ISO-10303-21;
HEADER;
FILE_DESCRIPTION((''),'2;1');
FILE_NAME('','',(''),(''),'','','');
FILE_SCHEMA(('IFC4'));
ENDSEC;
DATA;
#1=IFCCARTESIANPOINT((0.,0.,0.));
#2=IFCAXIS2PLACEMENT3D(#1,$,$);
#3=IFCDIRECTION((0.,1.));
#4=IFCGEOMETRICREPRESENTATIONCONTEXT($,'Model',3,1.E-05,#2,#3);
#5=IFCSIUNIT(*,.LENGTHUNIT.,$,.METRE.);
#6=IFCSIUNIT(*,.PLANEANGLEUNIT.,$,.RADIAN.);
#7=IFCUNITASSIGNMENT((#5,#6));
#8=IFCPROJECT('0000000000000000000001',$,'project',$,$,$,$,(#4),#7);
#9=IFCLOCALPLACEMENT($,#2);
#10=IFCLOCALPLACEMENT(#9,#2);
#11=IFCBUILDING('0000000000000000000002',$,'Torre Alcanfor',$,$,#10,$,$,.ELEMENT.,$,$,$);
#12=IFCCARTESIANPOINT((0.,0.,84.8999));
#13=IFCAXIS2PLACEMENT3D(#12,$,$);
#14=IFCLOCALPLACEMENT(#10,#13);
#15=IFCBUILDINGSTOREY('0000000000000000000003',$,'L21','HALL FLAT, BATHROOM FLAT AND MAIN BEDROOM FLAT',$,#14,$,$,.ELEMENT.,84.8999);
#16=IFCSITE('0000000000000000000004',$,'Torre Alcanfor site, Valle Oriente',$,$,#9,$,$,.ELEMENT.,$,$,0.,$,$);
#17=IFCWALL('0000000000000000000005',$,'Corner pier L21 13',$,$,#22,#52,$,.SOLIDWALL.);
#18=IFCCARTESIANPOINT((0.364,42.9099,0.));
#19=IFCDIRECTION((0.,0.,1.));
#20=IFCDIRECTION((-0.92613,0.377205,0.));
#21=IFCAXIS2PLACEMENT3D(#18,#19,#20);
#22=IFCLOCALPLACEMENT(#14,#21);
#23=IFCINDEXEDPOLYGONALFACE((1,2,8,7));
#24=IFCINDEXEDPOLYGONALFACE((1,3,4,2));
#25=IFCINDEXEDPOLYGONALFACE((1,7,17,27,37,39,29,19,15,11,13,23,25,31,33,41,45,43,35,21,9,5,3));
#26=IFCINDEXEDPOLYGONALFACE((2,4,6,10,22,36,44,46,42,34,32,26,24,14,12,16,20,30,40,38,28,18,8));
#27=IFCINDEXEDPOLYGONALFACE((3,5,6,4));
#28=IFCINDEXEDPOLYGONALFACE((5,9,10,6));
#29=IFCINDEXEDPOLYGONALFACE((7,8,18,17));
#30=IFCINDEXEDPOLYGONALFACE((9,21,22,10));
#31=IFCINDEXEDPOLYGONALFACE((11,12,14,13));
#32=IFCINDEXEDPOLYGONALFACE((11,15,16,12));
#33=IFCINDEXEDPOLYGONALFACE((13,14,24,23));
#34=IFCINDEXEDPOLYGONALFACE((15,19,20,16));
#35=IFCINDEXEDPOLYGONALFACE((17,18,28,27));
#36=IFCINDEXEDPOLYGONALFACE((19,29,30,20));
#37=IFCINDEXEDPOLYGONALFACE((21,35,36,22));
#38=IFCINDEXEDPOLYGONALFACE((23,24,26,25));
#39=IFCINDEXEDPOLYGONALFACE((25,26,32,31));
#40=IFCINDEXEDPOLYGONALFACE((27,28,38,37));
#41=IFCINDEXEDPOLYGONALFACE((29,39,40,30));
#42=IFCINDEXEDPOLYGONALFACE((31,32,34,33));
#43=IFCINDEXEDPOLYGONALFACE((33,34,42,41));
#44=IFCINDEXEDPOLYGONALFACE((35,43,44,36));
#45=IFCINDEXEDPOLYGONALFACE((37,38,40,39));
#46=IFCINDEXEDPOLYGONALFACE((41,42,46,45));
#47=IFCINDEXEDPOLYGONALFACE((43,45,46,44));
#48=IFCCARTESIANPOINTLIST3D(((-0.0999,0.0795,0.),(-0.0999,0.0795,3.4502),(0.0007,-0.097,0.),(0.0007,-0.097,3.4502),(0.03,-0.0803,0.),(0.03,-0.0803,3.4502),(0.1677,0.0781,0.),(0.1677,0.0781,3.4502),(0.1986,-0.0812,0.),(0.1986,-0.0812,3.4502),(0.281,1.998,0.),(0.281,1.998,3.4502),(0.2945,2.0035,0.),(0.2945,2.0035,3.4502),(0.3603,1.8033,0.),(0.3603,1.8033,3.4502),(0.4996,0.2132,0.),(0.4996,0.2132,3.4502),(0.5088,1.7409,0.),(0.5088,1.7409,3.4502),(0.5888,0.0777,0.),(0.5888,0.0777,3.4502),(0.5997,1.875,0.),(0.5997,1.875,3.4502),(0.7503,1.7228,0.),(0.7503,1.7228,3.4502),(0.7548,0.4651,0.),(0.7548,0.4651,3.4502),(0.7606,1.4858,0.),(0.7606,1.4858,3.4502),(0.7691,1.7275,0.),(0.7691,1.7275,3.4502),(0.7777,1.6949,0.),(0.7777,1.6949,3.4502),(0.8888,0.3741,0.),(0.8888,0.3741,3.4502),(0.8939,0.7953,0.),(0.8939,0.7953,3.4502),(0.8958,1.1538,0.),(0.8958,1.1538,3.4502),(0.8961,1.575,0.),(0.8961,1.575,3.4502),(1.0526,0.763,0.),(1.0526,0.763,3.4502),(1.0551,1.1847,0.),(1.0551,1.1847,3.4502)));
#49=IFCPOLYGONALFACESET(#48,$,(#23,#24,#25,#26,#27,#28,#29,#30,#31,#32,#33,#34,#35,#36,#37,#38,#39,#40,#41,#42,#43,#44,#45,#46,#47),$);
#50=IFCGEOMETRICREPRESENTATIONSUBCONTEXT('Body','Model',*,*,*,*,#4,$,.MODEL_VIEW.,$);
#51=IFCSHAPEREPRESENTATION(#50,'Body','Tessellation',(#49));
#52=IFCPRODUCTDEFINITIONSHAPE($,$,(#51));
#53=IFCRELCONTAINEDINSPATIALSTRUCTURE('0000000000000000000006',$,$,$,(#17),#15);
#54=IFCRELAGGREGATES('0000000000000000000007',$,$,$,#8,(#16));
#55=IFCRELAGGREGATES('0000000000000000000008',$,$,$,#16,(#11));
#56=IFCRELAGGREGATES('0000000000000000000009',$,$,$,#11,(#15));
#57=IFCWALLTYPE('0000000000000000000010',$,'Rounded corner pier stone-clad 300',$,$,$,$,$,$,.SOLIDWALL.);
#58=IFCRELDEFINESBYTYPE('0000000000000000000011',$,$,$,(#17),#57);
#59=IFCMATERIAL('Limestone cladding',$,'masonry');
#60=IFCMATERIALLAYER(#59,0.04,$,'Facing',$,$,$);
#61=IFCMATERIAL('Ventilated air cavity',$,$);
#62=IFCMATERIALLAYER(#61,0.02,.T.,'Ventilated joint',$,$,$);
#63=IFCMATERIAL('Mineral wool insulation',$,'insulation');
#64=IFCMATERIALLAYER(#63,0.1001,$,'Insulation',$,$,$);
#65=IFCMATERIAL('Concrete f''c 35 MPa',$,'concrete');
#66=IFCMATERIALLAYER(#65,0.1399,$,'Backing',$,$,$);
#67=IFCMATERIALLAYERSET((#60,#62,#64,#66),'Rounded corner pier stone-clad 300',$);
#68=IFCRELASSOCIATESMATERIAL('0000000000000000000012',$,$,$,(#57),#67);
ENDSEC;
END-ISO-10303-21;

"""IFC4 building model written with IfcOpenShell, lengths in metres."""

from ifc_helpers import new_model, si_unit, direction, frame, origin, place, context, subcontext, project, spatial, polyline, outline, extrude, material, layer, layer_set, type_object, element, save


model = new_model("IFC4")

# Units and contexts
model_context = context("Model", 3, precision=1e-05, world=origin(), true_north=direction((0.0, 1.0)))
body_context = subcontext(model_context, "Body", "Model", "MODEL_VIEW")
ifc_project = project(units=[si_unit("LENGTHUNIT", "METRE"), si_unit("PLANEANGLEUNIT", "RADIAN")], contexts=[model_context])

# Site, building, storey
site_placement = place(None, origin())
site = spatial("IfcSite", under=ifc_project, at=site_placement, Name="Torre Alcanfor site, Valle Oriente", CompositionType="ELEMENT", RefElevation=0.0)
building_placement = place(site_placement, origin())
building = spatial("IfcBuilding", under=site, at=building_placement, Name="Torre Alcanfor", CompositionType="ELEMENT")
storey_placement = place(building_placement, frame((0.0, 0.0, 84.8999)))
storey = spatial("IfcBuildingStorey", under=building, at=storey_placement, Name="L21", Description="HALL FLAT, BATHROOM FLAT AND MAIN BEDROOM FLAT", CompositionType="ELEMENT", Elevation=84.8999)

# Shared definitions
ifc_material_1 = material(Name="Limestone cladding", Category="masonry")
ifc_material_2 = material(Name="Ventilated air cavity")
ifc_material_3 = material(Name="Mineral wool insulation", Category="insulation")
ifc_material_4 = material(Name="Concrete f'c 35 MPa", Category="concrete")

# Wall
ifc_layer_1 = layer(ifc_material_1, 0.04, Name="Facing")
ifc_layer_2 = layer(ifc_material_2, 0.02, ventilated=True, Name="Ventilated joint")
ifc_layer_3 = layer(ifc_material_3, 0.1001, Name="Insulation")
ifc_layer_4 = layer(ifc_material_4, 0.1399, Name="Backing")
ifc_layer_set_1 = layer_set([ifc_layer_1, ifc_layer_2, ifc_layer_3, ifc_layer_4], Name="Rounded corner pier stone-clad 300")
wall_type_1 = type_object("IfcWallType", Name="Rounded corner pier stone-clad 300", PredefinedType="SOLIDWALL", material=ifc_layer_set_1)
wall_1_placement = place(storey_placement, frame((0.364, 42.9099, 0.0), z_axis=(0.0, 0.0, 1.0), x_axis=(-0.92613, 0.377205, 0.0)))
element("IfcWall", 1, at=wall_1_placement, inside=storey, type_object=wall_type_1, Name="Corner pier L21 13", PredefinedType="SOLIDWALL", context=body_context, shape_type="SweptSolid", body=[
    extrude(outline(polyline([(0.3603, 1.8033), (0.5088, 1.7409), (0.7606, 1.4858), (0.8958, 1.1538), (0.8939, 0.7953), (0.7548, 0.4651), (0.4996, 0.2132), (0.1677, 0.0781), (-0.0999, 0.0795), (0.0007, -0.097), (0.03, -0.0803), (0.1986, -0.0812), (0.5888, 0.0777), (0.8888, 0.3741), (1.0526, 0.763), (1.0551, 1.1847), (0.8961, 1.575), (0.7777, 1.6949), (0.7691, 1.7275), (0.7503, 1.7228), (0.5997, 1.875), (0.2945, 2.0035), (0.281, 1.998), (0.3603, 1.8033)])), origin(), (0.0, 0.0, 1.0), 3.4502),
])

save(model, "model.ifc")
